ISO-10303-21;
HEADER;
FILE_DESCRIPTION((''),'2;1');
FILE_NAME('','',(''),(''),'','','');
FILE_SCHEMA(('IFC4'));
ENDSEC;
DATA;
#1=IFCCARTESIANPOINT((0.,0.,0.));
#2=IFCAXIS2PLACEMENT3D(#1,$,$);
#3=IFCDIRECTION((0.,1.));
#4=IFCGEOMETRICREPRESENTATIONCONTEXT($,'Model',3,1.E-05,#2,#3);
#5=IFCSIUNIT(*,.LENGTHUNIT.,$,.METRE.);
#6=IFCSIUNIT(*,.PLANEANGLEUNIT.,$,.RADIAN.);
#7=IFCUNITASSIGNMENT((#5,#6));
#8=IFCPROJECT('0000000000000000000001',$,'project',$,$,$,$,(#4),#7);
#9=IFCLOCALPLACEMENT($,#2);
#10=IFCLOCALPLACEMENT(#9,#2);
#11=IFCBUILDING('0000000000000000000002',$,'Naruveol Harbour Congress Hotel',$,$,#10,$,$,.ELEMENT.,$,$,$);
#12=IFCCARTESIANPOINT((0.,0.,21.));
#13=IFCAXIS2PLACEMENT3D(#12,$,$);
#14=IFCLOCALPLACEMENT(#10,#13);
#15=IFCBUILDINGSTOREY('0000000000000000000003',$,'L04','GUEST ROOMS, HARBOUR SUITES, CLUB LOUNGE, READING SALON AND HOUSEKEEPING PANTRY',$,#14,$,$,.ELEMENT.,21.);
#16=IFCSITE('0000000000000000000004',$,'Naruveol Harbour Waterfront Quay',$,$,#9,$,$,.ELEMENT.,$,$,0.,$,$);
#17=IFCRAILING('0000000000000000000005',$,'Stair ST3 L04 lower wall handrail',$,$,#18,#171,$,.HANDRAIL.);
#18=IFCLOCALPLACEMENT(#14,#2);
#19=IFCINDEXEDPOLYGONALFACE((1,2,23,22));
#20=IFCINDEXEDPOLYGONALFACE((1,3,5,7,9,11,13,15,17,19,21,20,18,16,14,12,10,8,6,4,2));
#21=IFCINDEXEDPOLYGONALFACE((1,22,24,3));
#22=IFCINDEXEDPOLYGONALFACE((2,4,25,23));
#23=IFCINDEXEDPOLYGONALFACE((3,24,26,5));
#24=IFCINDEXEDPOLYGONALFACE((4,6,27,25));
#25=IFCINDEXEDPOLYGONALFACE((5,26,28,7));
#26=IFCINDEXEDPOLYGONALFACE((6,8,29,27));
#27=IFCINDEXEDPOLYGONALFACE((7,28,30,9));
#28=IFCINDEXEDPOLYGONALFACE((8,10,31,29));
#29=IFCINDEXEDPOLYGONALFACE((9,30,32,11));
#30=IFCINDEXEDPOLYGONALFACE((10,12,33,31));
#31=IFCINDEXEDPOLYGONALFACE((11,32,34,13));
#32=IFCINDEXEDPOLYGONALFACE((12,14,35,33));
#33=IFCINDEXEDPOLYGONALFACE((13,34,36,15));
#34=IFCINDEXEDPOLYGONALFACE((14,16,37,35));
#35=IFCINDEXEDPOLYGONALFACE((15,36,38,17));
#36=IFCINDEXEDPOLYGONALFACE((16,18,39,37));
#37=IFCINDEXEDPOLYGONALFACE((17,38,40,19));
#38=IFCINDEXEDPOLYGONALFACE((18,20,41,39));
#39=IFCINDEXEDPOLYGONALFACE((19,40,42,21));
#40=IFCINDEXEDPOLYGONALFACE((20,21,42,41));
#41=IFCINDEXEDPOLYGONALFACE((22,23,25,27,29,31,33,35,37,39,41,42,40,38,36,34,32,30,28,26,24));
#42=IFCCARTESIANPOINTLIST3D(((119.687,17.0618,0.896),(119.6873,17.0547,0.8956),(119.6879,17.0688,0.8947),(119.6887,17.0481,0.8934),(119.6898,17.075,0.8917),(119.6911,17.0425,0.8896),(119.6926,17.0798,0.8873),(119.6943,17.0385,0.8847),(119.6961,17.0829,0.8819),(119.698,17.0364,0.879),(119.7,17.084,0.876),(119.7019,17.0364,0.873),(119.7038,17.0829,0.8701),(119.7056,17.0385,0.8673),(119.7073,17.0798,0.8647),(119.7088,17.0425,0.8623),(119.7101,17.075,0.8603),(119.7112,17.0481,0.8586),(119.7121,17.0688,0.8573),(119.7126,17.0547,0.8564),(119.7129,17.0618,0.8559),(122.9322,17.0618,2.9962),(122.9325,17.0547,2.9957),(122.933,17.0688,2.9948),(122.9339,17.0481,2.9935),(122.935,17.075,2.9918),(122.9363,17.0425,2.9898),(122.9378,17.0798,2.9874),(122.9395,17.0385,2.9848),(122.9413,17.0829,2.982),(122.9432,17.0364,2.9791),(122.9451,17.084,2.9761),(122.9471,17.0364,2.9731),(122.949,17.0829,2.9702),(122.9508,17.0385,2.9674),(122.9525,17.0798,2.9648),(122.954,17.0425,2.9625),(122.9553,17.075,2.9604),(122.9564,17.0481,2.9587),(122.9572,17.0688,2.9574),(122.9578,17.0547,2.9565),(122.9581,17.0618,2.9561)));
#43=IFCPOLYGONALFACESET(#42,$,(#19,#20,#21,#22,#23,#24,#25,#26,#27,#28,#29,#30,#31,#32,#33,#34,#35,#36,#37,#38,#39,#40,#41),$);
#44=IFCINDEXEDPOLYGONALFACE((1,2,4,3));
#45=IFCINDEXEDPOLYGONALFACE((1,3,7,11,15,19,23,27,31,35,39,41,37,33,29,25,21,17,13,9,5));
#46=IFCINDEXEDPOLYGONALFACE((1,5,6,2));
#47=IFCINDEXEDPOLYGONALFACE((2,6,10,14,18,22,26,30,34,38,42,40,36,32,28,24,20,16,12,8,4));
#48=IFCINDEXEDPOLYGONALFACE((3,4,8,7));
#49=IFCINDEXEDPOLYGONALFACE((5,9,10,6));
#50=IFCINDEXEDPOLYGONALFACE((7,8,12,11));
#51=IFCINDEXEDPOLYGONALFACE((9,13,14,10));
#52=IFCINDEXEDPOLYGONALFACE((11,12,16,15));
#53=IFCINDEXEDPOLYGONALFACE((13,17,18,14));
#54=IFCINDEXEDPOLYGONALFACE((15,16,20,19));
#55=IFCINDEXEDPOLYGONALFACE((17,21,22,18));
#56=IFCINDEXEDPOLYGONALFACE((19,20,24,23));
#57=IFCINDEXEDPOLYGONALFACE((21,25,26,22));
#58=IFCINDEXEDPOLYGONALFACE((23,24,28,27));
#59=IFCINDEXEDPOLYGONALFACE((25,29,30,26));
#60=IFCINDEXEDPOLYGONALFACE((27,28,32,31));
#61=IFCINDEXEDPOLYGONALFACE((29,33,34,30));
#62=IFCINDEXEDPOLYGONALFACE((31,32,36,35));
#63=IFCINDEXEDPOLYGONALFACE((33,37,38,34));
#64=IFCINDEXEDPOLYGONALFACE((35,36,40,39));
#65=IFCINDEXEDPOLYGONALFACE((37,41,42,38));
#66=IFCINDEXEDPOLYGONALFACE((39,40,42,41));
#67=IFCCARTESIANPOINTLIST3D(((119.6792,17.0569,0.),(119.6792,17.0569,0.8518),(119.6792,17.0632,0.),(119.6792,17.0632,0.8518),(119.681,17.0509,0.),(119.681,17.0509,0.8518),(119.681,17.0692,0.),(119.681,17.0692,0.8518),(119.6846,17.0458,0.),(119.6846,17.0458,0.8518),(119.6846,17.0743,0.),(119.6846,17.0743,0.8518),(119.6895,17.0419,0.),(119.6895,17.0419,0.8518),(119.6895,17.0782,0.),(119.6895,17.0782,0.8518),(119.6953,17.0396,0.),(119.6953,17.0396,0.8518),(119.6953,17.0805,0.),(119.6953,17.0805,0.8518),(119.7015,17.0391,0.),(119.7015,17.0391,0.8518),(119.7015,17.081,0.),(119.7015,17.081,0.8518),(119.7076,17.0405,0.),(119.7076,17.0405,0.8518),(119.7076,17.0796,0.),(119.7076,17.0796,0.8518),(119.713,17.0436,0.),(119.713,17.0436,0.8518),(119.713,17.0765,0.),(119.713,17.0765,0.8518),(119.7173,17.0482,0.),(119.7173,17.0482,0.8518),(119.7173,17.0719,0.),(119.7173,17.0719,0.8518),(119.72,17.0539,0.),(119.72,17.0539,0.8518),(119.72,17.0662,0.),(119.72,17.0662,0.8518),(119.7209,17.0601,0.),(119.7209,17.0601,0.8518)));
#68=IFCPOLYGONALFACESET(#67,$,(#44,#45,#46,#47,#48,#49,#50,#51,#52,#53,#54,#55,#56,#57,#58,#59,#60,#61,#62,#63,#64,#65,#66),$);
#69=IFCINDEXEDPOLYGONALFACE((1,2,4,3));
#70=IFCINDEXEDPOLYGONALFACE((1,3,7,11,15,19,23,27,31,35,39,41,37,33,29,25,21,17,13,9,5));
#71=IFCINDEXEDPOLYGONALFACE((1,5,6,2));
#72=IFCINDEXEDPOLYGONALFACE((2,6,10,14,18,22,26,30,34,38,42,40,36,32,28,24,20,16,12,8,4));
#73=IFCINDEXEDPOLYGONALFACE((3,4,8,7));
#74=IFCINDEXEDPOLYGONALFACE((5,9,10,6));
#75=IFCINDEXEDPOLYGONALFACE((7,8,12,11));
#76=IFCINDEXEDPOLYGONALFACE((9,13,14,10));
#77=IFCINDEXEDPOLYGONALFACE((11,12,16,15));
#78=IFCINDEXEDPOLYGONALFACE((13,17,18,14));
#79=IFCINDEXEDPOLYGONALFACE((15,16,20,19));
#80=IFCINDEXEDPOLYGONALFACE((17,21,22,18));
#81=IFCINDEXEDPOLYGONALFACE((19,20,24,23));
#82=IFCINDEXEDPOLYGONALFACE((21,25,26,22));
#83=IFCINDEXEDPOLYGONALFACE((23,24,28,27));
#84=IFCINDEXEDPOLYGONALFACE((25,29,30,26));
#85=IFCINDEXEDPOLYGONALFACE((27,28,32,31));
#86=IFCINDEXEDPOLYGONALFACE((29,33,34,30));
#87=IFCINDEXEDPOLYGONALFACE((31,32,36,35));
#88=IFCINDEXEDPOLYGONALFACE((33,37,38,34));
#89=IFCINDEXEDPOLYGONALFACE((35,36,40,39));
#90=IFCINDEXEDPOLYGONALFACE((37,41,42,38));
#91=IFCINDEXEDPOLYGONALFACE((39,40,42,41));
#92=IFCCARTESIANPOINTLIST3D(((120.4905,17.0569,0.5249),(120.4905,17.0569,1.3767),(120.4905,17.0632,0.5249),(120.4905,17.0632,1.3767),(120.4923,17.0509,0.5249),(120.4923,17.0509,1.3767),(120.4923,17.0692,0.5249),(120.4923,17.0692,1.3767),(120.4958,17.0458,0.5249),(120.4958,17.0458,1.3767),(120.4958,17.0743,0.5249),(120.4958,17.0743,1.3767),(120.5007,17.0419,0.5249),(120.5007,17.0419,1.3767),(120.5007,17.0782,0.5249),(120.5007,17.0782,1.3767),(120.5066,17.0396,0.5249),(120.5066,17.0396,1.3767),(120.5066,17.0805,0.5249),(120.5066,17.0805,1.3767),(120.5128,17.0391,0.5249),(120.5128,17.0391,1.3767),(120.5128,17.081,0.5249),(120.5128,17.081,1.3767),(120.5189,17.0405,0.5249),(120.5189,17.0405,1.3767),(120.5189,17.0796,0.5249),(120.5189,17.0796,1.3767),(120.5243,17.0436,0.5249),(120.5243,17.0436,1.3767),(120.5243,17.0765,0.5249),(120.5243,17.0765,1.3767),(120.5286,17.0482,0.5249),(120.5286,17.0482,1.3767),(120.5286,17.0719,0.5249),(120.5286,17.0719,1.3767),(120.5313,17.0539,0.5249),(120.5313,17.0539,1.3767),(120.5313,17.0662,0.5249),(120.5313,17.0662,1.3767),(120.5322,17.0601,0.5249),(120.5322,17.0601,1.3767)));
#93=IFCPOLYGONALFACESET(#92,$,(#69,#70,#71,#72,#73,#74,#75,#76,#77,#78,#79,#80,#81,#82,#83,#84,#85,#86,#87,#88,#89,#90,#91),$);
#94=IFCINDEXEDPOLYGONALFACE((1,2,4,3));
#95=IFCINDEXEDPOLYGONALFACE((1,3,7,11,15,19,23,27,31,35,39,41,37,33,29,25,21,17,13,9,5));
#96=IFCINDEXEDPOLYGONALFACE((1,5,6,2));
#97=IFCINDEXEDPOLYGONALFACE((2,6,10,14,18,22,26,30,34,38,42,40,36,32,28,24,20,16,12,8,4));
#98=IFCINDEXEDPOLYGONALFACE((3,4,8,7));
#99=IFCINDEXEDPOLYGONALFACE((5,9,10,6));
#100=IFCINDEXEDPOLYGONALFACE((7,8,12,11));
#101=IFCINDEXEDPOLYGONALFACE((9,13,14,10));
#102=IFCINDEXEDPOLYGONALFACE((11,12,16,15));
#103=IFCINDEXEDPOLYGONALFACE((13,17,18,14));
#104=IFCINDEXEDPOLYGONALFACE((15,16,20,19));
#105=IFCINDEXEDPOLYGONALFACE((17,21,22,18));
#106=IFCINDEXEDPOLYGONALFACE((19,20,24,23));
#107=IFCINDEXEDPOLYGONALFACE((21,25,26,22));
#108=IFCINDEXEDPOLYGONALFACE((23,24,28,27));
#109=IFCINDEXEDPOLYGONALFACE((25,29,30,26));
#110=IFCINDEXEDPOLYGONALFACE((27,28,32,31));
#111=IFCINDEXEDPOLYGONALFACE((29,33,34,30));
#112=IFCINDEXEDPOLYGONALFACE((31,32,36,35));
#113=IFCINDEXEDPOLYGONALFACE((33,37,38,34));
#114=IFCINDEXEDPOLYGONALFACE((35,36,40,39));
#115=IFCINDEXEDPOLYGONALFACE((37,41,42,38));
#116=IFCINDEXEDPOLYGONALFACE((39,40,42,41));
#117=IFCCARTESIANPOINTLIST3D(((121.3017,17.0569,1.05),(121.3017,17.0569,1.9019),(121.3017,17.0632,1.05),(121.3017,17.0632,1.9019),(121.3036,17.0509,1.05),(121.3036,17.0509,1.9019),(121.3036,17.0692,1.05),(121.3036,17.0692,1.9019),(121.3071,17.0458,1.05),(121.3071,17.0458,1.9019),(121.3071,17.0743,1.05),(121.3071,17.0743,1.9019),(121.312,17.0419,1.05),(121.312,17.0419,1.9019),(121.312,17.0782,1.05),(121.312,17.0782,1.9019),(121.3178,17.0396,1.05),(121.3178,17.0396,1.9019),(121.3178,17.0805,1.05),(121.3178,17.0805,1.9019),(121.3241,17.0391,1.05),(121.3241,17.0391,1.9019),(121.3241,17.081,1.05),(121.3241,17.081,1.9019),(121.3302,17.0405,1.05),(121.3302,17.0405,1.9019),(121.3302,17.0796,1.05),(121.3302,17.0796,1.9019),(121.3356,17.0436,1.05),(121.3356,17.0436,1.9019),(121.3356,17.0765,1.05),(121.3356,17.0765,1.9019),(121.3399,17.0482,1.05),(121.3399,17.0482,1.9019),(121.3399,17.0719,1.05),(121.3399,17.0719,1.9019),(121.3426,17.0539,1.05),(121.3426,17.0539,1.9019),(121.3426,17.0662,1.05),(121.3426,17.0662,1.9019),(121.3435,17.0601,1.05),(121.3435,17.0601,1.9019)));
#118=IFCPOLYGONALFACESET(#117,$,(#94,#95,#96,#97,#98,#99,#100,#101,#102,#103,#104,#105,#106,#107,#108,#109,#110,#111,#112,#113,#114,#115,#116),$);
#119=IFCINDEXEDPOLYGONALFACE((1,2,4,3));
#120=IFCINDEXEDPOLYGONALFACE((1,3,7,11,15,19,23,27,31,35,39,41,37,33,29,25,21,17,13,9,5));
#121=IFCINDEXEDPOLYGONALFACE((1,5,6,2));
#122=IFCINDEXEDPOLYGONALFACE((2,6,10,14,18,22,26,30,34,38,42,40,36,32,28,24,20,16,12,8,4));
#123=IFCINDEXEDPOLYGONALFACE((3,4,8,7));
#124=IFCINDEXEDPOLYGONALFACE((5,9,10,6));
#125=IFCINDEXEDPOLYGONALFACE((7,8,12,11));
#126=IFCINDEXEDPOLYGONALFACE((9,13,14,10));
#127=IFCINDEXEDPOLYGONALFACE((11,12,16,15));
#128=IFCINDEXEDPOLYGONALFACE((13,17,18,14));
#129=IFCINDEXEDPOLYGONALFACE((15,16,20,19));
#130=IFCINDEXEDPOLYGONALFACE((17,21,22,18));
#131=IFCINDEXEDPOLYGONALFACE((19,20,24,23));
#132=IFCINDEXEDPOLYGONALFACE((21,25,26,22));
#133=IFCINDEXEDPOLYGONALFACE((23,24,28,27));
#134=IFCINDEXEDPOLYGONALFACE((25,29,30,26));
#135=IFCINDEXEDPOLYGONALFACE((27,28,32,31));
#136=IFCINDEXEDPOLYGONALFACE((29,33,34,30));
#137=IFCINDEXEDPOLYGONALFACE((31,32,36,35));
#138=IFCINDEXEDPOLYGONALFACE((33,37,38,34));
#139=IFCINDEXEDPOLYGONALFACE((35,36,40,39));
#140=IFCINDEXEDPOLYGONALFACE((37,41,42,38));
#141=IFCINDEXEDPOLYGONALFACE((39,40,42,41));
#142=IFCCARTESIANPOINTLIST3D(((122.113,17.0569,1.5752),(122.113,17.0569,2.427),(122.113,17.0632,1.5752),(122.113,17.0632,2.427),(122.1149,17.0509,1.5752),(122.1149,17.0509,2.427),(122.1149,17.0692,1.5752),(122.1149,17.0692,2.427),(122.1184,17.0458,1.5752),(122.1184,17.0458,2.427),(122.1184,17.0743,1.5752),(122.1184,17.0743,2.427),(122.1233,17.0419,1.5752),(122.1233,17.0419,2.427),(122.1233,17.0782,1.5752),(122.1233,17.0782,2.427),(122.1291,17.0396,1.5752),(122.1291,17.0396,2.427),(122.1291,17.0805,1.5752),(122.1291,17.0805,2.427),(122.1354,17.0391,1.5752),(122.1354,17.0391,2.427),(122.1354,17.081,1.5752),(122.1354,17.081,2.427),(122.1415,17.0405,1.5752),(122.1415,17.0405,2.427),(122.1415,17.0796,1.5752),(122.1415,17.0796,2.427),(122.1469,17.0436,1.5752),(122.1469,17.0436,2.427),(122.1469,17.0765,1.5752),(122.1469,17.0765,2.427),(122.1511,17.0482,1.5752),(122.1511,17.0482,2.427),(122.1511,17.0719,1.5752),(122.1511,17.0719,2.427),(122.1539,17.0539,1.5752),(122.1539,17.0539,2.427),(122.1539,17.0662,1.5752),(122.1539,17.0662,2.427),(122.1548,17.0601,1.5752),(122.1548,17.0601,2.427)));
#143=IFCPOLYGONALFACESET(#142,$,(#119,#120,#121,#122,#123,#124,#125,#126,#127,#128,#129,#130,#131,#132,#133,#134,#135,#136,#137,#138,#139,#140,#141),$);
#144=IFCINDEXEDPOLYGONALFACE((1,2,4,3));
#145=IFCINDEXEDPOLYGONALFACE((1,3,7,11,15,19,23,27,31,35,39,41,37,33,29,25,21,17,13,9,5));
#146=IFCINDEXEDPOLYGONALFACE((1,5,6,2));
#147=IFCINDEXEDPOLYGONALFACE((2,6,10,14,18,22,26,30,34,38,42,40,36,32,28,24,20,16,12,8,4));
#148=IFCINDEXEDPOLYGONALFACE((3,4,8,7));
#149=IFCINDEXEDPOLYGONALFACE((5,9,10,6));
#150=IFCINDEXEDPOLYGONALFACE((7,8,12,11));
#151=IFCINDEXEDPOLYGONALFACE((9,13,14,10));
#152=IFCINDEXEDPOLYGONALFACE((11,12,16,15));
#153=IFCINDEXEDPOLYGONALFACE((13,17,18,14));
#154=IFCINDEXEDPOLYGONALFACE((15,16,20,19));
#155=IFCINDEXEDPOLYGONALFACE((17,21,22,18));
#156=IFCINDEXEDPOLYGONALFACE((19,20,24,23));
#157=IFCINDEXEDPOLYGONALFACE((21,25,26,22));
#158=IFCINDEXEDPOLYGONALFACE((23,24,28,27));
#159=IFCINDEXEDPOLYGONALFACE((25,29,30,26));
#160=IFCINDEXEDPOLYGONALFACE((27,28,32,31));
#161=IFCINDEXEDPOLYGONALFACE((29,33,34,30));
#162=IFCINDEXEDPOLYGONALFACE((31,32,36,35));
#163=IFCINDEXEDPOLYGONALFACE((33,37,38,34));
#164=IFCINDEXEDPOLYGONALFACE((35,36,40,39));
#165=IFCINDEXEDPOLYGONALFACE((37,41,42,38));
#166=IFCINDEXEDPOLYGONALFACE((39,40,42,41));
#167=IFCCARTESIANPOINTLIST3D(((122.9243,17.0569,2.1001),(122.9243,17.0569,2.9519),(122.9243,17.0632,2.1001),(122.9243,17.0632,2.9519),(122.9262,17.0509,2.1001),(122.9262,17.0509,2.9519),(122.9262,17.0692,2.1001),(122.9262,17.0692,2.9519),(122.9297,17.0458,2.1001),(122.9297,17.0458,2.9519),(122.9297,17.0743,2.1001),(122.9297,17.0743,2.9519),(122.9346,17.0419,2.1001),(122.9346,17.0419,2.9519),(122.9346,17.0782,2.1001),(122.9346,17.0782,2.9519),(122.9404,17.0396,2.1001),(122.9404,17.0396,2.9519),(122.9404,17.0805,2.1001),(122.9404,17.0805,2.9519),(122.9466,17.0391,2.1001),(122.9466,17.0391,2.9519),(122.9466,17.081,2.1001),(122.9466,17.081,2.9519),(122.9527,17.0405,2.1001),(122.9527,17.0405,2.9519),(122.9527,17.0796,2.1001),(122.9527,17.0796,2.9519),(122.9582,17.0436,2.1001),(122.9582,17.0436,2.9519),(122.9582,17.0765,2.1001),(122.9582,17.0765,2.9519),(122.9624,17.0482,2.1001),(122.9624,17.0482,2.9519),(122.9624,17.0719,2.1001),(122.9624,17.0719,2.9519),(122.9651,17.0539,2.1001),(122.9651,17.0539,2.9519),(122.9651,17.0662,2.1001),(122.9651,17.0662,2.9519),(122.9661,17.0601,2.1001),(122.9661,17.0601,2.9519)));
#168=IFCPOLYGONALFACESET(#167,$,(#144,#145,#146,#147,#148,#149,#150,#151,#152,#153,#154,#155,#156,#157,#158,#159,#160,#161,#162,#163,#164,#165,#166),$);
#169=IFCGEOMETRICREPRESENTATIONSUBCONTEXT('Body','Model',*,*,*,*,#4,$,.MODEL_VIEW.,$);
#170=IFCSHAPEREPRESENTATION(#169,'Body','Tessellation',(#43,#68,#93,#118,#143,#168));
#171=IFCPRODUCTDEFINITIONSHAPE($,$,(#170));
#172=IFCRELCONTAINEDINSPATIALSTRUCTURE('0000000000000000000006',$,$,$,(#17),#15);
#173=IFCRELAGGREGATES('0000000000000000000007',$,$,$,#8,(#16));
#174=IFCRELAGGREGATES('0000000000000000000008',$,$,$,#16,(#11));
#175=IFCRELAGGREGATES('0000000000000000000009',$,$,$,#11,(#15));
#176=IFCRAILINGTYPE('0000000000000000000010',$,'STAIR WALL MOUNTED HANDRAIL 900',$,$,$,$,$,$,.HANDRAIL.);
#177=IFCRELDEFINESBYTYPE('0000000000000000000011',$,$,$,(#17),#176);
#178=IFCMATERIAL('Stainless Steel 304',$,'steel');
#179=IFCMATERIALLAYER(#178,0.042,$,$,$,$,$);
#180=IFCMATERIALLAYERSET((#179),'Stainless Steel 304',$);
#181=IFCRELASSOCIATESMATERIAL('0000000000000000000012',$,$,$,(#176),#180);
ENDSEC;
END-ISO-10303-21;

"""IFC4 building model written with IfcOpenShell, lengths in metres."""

from ifc_helpers import new_model, si_unit, direction, frame, origin, origin_2d, place, context, subcontext, project, spatial, circle, extrude, material, layer, layer_set, type_object, element, save


model = new_model("IFC4")

# Units and contexts
model_context = context("Model", 3, precision=1e-05, world=origin(), true_north=direction((0.0, 1.0)))
body_context = subcontext(model_context, "Body", "Model", "MODEL_VIEW")
ifc_project = project(units=[si_unit("LENGTHUNIT", "METRE"), si_unit("PLANEANGLEUNIT", "RADIAN")], contexts=[model_context])

# Site, building, storey
site_placement = place(None, origin())
site = spatial("IfcSite", under=ifc_project, at=site_placement, Name="Naruveol Harbour Waterfront Quay", CompositionType="ELEMENT", RefElevation=0.0)
building_placement = place(site_placement, origin())
building = spatial("IfcBuilding", under=site, at=building_placement, Name="Naruveol Harbour Congress Hotel", CompositionType="ELEMENT")
storey_placement = place(building_placement, frame((0.0, 0.0, 21.0)))
storey = spatial("IfcBuildingStorey", under=building, at=storey_placement, Name="L04", Description="GUEST ROOMS, HARBOUR SUITES, CLUB LOUNGE, READING SALON AND HOUSEKEEPING PANTRY", CompositionType="ELEMENT", Elevation=21.0)

# Railing
ifc_material_1 = material(Name="Stainless Steel 304", Category="steel")
ifc_layer_1 = layer(ifc_material_1, 0.042)
ifc_layer_set_1 = layer_set([ifc_layer_1], Name="Stainless Steel 304")
railing_type_1 = type_object("IfcRailingType", Name="STAIR WALL MOUNTED HANDRAIL 900", PredefinedType="HANDRAIL", material=ifc_layer_set_1)
railing_1_placement = place(storey_placement, frame((119.7, 17.0601, 0.0)))
element("IfcRailing", 1, at=railing_1_placement, inside=storey, type_object=railing_type_1, Name="Stair ST3 L04 lower wall handrail", PredefinedType="HANDRAIL", context=body_context, shape_type="SweptSolid", body=[
    extrude(circle(Radius=0.0239, at=origin_2d()), frame((0.0, 0.0, 0.876), z_axis=(0.839533, 0.0, 0.543309), x_axis=(0.0, 1.0, 0.0)), (0.0, 0.0, 1.0), 3.8655),
    extrude(circle(Radius=0.021, at=origin_2d()), origin(), (0.0, 0.0, 1.0), 0.8518),
    extrude(circle(Radius=0.021, at=origin_2d()), frame((0.8113, 0.0, 0.5249)), (0.0, 0.0, 1.0), 0.8518),
    extrude(circle(Radius=0.021, at=origin_2d()), frame((1.6226, 0.0, 1.05)), (0.0, 0.0, 1.0), 0.8518),
    extrude(circle(Radius=0.021, at=origin_2d()), frame((2.4338, 0.0, 1.5752)), (0.0, 0.0, 1.0), 0.8518),
    extrude(circle(Radius=0.021, at=origin_2d()), frame((3.2451, 0.0, 2.1001)), (0.0, 0.0, 1.0), 0.8518),
])

save(model, "model.ifc")
